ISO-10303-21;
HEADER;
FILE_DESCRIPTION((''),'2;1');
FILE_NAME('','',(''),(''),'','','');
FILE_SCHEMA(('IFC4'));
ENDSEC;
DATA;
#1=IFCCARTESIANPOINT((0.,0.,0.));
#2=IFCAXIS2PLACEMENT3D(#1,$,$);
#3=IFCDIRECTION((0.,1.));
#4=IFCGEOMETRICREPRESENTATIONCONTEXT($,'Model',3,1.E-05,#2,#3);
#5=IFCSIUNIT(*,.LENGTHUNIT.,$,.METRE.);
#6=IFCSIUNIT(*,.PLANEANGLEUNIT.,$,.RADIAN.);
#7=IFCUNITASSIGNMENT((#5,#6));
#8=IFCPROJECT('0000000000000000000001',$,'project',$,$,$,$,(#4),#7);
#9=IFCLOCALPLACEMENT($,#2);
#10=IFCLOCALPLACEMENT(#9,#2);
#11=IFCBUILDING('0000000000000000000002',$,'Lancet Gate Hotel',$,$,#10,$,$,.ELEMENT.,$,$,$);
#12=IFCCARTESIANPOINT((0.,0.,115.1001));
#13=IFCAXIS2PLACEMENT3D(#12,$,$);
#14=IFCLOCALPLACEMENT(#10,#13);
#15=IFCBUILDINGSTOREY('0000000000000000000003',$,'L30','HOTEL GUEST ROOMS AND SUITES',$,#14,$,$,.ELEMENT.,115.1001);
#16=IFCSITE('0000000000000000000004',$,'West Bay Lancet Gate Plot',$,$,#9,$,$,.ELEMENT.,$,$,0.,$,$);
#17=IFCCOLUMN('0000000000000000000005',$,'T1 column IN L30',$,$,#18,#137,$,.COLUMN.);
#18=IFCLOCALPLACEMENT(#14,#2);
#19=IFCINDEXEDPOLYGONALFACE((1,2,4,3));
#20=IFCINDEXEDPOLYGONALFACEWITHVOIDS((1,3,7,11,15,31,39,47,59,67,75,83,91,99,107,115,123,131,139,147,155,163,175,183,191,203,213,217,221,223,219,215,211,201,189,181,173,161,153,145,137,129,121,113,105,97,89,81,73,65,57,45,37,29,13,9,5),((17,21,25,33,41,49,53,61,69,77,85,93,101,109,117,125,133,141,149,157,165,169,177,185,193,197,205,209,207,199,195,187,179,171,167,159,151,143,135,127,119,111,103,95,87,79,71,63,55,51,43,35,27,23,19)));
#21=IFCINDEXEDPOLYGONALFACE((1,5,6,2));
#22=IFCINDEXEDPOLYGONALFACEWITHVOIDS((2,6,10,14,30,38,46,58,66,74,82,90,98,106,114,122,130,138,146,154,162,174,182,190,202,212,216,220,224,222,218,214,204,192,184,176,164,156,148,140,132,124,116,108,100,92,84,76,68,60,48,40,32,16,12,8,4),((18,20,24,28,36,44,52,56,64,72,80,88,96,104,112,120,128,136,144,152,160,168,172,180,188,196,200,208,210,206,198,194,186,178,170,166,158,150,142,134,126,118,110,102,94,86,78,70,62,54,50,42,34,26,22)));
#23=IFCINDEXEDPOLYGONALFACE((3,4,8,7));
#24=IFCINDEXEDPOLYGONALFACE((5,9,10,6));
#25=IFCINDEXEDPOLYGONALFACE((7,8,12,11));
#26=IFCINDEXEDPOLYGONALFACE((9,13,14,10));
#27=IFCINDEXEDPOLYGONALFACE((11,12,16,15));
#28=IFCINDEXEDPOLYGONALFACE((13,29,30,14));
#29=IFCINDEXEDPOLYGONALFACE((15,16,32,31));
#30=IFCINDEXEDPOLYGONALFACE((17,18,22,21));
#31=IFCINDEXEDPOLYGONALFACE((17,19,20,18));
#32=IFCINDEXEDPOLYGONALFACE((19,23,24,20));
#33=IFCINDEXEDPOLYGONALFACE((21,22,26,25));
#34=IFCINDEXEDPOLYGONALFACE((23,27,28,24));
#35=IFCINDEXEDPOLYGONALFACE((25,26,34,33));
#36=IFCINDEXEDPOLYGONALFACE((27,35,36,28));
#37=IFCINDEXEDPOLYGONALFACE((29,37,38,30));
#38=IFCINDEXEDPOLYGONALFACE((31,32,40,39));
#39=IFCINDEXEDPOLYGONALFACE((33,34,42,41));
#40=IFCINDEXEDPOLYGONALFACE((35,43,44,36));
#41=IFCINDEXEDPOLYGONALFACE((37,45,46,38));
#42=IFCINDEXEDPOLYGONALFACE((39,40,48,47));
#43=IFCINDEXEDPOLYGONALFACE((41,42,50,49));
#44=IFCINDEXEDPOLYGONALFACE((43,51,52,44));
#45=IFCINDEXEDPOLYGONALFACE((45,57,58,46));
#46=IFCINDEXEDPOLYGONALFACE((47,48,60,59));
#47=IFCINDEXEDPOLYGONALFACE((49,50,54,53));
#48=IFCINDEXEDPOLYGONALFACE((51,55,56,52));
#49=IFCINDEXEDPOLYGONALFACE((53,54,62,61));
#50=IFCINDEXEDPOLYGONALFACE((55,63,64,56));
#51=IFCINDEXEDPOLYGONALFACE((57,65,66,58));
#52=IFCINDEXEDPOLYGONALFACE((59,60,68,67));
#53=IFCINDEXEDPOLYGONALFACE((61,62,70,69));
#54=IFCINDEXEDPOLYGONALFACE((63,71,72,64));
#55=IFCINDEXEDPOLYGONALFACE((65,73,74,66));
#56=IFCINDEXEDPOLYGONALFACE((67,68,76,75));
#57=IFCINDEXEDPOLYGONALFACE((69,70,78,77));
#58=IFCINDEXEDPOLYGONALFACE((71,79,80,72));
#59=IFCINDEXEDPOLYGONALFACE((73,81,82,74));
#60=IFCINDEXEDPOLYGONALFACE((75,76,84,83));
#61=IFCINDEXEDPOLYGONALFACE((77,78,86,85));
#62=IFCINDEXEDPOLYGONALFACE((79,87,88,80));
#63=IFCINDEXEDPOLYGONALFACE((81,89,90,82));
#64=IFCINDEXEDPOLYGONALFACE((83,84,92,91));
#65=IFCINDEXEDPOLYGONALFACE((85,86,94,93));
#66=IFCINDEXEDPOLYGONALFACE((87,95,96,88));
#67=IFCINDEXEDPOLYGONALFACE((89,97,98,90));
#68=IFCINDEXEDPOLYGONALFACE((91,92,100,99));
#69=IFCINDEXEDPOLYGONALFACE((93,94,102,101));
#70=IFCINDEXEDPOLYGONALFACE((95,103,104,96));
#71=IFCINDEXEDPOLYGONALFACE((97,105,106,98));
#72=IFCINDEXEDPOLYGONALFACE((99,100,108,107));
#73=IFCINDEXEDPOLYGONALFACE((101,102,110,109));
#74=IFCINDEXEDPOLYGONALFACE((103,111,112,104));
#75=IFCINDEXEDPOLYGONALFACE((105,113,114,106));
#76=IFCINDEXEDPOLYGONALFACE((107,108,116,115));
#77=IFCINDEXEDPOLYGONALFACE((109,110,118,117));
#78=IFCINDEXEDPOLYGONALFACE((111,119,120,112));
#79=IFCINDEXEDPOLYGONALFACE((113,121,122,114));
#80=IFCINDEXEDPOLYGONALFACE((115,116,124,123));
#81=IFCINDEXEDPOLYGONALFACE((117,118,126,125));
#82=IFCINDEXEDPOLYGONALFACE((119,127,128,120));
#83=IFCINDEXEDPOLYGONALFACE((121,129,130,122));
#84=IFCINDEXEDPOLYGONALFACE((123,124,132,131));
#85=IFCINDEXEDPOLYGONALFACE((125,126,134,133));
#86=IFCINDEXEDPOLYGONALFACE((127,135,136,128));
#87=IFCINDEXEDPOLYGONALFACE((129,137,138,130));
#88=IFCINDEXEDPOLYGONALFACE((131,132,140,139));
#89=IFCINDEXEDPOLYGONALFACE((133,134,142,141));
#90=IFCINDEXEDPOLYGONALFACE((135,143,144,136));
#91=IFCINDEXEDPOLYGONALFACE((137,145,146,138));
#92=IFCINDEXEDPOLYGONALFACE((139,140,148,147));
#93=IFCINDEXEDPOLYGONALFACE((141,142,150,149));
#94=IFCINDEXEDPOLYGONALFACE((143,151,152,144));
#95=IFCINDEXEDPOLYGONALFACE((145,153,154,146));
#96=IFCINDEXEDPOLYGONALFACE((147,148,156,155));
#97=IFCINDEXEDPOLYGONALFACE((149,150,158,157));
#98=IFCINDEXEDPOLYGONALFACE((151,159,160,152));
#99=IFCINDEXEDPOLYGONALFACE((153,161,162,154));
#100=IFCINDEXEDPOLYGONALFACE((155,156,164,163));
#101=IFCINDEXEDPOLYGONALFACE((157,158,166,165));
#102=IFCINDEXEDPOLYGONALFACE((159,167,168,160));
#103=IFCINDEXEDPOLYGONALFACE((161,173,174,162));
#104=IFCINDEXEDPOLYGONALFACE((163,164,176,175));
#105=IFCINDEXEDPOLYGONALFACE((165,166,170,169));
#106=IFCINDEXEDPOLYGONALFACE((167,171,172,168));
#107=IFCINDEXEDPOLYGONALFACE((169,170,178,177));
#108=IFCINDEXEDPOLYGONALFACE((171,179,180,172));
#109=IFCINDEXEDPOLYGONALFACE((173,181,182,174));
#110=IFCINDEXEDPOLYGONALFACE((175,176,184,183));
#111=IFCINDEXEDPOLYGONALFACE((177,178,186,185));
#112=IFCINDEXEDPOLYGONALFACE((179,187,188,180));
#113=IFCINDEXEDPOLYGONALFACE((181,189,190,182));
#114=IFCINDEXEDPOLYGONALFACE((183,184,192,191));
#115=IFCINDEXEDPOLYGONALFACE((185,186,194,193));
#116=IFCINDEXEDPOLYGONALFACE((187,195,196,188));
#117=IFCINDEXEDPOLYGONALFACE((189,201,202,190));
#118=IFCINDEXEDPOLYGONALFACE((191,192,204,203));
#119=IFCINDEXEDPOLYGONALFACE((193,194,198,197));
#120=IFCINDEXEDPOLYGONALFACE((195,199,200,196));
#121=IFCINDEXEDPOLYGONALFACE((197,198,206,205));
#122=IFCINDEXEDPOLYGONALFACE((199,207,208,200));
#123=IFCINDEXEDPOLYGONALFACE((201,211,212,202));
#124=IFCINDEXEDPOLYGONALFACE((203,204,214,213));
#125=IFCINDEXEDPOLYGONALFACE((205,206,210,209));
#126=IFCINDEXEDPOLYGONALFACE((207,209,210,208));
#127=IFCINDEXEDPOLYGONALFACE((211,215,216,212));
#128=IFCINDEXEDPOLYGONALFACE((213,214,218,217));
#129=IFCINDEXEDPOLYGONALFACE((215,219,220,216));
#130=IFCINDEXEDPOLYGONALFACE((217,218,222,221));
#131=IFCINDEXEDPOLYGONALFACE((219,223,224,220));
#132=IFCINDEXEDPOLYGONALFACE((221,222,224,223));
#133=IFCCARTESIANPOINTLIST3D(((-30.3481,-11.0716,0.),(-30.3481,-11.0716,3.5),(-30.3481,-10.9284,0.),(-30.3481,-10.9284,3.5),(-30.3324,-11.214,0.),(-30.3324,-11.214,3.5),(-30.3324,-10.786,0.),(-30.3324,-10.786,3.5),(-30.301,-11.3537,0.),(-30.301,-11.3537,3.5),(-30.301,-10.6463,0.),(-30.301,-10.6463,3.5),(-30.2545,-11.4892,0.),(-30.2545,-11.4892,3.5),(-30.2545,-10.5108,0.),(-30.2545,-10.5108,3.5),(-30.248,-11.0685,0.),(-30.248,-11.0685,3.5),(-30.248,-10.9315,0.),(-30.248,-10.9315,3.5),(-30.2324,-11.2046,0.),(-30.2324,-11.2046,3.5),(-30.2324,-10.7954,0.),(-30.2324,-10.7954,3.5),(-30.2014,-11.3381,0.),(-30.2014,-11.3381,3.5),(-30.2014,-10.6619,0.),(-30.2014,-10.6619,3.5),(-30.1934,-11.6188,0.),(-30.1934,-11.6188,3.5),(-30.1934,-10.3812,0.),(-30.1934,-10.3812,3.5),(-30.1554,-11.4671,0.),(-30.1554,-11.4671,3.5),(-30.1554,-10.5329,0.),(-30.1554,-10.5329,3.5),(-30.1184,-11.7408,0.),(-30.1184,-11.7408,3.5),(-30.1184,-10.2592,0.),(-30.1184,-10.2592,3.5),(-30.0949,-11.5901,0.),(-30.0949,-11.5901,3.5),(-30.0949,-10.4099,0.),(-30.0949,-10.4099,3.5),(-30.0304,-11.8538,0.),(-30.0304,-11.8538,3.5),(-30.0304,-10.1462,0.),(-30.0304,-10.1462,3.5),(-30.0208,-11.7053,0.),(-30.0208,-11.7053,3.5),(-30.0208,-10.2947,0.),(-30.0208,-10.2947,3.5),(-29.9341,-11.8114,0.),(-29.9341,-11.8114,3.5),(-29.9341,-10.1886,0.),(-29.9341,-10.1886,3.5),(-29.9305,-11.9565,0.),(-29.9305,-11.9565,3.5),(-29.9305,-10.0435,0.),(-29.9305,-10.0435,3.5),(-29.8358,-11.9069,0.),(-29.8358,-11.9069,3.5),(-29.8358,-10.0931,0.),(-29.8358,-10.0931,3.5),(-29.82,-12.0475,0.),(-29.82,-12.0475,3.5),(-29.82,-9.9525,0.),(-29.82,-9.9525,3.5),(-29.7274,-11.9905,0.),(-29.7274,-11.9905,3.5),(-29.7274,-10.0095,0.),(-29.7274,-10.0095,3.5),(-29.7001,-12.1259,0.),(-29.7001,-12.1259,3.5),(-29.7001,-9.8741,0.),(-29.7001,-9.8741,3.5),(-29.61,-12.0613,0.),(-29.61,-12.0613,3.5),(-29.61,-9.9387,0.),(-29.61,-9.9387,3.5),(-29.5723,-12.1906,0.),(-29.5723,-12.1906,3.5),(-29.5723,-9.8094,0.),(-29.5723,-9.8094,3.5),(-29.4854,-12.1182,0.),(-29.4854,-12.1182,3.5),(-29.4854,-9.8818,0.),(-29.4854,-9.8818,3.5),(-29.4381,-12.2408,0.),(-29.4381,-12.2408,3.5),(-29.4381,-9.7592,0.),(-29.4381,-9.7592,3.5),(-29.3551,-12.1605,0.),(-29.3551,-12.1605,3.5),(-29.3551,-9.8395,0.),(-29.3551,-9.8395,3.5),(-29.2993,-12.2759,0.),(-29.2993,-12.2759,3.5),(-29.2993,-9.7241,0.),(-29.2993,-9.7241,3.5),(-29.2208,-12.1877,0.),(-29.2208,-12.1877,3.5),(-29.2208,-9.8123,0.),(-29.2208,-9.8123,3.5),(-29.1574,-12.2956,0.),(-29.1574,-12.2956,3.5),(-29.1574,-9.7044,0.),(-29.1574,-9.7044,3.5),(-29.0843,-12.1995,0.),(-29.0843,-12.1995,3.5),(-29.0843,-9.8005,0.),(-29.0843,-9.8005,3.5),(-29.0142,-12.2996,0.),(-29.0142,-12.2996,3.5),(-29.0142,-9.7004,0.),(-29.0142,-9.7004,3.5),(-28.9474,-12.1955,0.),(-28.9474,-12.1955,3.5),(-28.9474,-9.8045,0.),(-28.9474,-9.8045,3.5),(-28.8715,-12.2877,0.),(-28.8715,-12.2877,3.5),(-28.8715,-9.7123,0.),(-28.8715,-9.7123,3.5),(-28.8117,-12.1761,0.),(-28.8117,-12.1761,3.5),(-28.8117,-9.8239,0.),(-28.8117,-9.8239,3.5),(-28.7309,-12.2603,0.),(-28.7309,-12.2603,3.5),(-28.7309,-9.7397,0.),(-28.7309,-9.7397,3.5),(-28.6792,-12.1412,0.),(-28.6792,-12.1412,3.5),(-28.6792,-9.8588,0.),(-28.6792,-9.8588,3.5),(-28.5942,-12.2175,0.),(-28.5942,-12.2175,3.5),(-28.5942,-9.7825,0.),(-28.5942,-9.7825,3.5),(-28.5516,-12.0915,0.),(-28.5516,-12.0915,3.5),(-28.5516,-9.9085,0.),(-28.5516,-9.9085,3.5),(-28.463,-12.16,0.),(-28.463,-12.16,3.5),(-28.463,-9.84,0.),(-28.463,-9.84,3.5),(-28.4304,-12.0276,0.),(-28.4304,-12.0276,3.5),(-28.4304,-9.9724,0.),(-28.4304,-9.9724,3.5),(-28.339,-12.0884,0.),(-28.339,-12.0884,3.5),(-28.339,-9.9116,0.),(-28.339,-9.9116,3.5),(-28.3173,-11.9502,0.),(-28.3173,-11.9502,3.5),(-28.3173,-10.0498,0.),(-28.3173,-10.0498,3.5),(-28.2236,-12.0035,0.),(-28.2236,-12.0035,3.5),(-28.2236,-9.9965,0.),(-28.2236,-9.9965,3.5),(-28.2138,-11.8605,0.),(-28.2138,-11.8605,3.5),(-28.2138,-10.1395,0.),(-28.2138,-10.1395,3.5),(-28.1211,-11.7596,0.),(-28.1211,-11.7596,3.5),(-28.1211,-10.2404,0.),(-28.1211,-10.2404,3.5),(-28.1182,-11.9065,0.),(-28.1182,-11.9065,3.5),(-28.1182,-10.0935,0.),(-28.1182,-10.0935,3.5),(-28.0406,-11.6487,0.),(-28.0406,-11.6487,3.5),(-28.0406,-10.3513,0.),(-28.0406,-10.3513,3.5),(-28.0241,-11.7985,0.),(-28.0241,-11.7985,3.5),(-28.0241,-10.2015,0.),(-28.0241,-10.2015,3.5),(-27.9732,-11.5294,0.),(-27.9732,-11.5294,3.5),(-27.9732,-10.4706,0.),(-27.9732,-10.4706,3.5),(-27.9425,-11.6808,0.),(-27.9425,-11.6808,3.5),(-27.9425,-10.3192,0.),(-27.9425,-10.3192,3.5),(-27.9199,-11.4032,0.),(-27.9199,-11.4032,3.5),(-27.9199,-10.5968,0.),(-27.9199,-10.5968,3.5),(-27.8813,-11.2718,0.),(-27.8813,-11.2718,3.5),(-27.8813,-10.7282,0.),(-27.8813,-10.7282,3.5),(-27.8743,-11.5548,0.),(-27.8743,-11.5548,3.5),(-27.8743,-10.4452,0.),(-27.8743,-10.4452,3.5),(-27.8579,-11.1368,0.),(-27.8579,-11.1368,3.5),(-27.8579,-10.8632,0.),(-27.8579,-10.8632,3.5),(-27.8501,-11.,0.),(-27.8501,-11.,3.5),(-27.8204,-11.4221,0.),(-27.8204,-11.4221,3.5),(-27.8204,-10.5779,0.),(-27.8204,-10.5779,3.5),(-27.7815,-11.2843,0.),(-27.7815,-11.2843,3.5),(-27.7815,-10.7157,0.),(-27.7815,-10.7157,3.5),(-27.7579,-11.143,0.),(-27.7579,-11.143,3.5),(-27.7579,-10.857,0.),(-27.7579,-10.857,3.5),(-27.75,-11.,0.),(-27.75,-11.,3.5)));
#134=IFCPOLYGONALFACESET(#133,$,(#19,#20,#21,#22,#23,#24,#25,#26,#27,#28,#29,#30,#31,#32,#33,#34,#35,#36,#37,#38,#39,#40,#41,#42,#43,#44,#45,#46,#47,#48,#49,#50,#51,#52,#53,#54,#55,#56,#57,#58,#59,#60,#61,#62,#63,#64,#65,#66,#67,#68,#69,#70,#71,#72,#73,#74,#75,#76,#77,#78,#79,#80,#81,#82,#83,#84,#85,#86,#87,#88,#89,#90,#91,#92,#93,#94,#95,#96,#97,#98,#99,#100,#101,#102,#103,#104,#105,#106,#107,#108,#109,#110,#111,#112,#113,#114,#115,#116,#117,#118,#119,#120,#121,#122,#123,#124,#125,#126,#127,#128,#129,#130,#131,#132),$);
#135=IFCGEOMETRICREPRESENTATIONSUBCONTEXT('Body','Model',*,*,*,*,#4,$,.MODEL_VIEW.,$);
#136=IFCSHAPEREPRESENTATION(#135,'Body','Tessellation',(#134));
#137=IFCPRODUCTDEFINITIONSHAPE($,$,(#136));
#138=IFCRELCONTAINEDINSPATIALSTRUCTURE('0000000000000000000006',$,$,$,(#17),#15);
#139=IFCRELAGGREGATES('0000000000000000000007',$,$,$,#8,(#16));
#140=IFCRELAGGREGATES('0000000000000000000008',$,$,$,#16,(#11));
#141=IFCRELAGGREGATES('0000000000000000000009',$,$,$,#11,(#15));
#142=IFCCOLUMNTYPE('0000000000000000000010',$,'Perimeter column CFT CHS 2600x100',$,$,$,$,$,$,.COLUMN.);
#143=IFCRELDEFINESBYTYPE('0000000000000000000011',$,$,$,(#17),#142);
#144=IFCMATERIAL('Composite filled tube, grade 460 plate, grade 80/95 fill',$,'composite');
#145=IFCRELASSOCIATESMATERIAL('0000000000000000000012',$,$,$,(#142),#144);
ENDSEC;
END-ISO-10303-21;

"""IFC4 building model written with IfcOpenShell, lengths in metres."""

from ifc_helpers import new_model, si_unit, direction, frame, origin, origin_2d, place, context, subcontext, project, spatial, hollow_circle, extrude, material, material_profile, profile_set, type_object, element, save


model = new_model("IFC4")

# Units and contexts
model_context = context("Model", 3, precision=1e-05, world=origin(), true_north=direction((0.0, 1.0)))
body_context = subcontext(model_context, "Body", "Model", "MODEL_VIEW")
ifc_project = project(units=[si_unit("LENGTHUNIT", "METRE"), si_unit("PLANEANGLEUNIT", "RADIAN")], contexts=[model_context])

# Site, building, storey
site_placement = place(None, origin())
site = spatial("IfcSite", under=ifc_project, at=site_placement, Name="West Bay Lancet Gate Plot", CompositionType="ELEMENT", RefElevation=0.0)
building_placement = place(site_placement, origin())
building = spatial("IfcBuilding", under=site, at=building_placement, Name="Lancet Gate Hotel", CompositionType="ELEMENT")
storey_placement = place(building_placement, frame((0.0, 0.0, 115.1001)))
storey = spatial("IfcBuildingStorey", under=building, at=storey_placement, Name="L30", Description="HOTEL GUEST ROOMS AND SUITES", CompositionType="ELEMENT", Elevation=115.1001)

# Column
ifc_material_1 = material(Name="Composite filled tube, grade 460 plate, grade 80/95 fill", Category="composite")
ifc_material_profile_1 = material_profile(ifc_material_1, hollow_circle(Radius=1.3, WallThickness=0.1001, at=origin_2d()), Name="CHS 2600x100")
ifc_profile_set_1 = profile_set([ifc_material_profile_1], Name="Composite filled tube, grade 460 plate, grade 80/95 fill")
column_type = type_object("IfcColumnType", Name="Perimeter column CFT CHS 2600x100", PredefinedType="COLUMN", material=ifc_profile_set_1)
for number, where, z_axis, x_axis, name in (
    (1, (-29.05, -11.0, 0.0), (0.0, 0.0, 1.0), (1.0, 0.0, 0.0), "T1 column IN L30"),
):
    element("IfcColumn", number, at=place(storey_placement, frame(where, z_axis=z_axis, x_axis=x_axis)), inside=storey, type_object=column_type, Name=name, PredefinedType="COLUMN", context=body_context, shape_type="SweptSolid", body=[
        extrude(hollow_circle(Radius=1.3, WallThickness=0.1001, at=origin_2d()), origin(), (0.0, 0.0, 1.0), 3.5),
    ])

save(model, "model.ifc")
